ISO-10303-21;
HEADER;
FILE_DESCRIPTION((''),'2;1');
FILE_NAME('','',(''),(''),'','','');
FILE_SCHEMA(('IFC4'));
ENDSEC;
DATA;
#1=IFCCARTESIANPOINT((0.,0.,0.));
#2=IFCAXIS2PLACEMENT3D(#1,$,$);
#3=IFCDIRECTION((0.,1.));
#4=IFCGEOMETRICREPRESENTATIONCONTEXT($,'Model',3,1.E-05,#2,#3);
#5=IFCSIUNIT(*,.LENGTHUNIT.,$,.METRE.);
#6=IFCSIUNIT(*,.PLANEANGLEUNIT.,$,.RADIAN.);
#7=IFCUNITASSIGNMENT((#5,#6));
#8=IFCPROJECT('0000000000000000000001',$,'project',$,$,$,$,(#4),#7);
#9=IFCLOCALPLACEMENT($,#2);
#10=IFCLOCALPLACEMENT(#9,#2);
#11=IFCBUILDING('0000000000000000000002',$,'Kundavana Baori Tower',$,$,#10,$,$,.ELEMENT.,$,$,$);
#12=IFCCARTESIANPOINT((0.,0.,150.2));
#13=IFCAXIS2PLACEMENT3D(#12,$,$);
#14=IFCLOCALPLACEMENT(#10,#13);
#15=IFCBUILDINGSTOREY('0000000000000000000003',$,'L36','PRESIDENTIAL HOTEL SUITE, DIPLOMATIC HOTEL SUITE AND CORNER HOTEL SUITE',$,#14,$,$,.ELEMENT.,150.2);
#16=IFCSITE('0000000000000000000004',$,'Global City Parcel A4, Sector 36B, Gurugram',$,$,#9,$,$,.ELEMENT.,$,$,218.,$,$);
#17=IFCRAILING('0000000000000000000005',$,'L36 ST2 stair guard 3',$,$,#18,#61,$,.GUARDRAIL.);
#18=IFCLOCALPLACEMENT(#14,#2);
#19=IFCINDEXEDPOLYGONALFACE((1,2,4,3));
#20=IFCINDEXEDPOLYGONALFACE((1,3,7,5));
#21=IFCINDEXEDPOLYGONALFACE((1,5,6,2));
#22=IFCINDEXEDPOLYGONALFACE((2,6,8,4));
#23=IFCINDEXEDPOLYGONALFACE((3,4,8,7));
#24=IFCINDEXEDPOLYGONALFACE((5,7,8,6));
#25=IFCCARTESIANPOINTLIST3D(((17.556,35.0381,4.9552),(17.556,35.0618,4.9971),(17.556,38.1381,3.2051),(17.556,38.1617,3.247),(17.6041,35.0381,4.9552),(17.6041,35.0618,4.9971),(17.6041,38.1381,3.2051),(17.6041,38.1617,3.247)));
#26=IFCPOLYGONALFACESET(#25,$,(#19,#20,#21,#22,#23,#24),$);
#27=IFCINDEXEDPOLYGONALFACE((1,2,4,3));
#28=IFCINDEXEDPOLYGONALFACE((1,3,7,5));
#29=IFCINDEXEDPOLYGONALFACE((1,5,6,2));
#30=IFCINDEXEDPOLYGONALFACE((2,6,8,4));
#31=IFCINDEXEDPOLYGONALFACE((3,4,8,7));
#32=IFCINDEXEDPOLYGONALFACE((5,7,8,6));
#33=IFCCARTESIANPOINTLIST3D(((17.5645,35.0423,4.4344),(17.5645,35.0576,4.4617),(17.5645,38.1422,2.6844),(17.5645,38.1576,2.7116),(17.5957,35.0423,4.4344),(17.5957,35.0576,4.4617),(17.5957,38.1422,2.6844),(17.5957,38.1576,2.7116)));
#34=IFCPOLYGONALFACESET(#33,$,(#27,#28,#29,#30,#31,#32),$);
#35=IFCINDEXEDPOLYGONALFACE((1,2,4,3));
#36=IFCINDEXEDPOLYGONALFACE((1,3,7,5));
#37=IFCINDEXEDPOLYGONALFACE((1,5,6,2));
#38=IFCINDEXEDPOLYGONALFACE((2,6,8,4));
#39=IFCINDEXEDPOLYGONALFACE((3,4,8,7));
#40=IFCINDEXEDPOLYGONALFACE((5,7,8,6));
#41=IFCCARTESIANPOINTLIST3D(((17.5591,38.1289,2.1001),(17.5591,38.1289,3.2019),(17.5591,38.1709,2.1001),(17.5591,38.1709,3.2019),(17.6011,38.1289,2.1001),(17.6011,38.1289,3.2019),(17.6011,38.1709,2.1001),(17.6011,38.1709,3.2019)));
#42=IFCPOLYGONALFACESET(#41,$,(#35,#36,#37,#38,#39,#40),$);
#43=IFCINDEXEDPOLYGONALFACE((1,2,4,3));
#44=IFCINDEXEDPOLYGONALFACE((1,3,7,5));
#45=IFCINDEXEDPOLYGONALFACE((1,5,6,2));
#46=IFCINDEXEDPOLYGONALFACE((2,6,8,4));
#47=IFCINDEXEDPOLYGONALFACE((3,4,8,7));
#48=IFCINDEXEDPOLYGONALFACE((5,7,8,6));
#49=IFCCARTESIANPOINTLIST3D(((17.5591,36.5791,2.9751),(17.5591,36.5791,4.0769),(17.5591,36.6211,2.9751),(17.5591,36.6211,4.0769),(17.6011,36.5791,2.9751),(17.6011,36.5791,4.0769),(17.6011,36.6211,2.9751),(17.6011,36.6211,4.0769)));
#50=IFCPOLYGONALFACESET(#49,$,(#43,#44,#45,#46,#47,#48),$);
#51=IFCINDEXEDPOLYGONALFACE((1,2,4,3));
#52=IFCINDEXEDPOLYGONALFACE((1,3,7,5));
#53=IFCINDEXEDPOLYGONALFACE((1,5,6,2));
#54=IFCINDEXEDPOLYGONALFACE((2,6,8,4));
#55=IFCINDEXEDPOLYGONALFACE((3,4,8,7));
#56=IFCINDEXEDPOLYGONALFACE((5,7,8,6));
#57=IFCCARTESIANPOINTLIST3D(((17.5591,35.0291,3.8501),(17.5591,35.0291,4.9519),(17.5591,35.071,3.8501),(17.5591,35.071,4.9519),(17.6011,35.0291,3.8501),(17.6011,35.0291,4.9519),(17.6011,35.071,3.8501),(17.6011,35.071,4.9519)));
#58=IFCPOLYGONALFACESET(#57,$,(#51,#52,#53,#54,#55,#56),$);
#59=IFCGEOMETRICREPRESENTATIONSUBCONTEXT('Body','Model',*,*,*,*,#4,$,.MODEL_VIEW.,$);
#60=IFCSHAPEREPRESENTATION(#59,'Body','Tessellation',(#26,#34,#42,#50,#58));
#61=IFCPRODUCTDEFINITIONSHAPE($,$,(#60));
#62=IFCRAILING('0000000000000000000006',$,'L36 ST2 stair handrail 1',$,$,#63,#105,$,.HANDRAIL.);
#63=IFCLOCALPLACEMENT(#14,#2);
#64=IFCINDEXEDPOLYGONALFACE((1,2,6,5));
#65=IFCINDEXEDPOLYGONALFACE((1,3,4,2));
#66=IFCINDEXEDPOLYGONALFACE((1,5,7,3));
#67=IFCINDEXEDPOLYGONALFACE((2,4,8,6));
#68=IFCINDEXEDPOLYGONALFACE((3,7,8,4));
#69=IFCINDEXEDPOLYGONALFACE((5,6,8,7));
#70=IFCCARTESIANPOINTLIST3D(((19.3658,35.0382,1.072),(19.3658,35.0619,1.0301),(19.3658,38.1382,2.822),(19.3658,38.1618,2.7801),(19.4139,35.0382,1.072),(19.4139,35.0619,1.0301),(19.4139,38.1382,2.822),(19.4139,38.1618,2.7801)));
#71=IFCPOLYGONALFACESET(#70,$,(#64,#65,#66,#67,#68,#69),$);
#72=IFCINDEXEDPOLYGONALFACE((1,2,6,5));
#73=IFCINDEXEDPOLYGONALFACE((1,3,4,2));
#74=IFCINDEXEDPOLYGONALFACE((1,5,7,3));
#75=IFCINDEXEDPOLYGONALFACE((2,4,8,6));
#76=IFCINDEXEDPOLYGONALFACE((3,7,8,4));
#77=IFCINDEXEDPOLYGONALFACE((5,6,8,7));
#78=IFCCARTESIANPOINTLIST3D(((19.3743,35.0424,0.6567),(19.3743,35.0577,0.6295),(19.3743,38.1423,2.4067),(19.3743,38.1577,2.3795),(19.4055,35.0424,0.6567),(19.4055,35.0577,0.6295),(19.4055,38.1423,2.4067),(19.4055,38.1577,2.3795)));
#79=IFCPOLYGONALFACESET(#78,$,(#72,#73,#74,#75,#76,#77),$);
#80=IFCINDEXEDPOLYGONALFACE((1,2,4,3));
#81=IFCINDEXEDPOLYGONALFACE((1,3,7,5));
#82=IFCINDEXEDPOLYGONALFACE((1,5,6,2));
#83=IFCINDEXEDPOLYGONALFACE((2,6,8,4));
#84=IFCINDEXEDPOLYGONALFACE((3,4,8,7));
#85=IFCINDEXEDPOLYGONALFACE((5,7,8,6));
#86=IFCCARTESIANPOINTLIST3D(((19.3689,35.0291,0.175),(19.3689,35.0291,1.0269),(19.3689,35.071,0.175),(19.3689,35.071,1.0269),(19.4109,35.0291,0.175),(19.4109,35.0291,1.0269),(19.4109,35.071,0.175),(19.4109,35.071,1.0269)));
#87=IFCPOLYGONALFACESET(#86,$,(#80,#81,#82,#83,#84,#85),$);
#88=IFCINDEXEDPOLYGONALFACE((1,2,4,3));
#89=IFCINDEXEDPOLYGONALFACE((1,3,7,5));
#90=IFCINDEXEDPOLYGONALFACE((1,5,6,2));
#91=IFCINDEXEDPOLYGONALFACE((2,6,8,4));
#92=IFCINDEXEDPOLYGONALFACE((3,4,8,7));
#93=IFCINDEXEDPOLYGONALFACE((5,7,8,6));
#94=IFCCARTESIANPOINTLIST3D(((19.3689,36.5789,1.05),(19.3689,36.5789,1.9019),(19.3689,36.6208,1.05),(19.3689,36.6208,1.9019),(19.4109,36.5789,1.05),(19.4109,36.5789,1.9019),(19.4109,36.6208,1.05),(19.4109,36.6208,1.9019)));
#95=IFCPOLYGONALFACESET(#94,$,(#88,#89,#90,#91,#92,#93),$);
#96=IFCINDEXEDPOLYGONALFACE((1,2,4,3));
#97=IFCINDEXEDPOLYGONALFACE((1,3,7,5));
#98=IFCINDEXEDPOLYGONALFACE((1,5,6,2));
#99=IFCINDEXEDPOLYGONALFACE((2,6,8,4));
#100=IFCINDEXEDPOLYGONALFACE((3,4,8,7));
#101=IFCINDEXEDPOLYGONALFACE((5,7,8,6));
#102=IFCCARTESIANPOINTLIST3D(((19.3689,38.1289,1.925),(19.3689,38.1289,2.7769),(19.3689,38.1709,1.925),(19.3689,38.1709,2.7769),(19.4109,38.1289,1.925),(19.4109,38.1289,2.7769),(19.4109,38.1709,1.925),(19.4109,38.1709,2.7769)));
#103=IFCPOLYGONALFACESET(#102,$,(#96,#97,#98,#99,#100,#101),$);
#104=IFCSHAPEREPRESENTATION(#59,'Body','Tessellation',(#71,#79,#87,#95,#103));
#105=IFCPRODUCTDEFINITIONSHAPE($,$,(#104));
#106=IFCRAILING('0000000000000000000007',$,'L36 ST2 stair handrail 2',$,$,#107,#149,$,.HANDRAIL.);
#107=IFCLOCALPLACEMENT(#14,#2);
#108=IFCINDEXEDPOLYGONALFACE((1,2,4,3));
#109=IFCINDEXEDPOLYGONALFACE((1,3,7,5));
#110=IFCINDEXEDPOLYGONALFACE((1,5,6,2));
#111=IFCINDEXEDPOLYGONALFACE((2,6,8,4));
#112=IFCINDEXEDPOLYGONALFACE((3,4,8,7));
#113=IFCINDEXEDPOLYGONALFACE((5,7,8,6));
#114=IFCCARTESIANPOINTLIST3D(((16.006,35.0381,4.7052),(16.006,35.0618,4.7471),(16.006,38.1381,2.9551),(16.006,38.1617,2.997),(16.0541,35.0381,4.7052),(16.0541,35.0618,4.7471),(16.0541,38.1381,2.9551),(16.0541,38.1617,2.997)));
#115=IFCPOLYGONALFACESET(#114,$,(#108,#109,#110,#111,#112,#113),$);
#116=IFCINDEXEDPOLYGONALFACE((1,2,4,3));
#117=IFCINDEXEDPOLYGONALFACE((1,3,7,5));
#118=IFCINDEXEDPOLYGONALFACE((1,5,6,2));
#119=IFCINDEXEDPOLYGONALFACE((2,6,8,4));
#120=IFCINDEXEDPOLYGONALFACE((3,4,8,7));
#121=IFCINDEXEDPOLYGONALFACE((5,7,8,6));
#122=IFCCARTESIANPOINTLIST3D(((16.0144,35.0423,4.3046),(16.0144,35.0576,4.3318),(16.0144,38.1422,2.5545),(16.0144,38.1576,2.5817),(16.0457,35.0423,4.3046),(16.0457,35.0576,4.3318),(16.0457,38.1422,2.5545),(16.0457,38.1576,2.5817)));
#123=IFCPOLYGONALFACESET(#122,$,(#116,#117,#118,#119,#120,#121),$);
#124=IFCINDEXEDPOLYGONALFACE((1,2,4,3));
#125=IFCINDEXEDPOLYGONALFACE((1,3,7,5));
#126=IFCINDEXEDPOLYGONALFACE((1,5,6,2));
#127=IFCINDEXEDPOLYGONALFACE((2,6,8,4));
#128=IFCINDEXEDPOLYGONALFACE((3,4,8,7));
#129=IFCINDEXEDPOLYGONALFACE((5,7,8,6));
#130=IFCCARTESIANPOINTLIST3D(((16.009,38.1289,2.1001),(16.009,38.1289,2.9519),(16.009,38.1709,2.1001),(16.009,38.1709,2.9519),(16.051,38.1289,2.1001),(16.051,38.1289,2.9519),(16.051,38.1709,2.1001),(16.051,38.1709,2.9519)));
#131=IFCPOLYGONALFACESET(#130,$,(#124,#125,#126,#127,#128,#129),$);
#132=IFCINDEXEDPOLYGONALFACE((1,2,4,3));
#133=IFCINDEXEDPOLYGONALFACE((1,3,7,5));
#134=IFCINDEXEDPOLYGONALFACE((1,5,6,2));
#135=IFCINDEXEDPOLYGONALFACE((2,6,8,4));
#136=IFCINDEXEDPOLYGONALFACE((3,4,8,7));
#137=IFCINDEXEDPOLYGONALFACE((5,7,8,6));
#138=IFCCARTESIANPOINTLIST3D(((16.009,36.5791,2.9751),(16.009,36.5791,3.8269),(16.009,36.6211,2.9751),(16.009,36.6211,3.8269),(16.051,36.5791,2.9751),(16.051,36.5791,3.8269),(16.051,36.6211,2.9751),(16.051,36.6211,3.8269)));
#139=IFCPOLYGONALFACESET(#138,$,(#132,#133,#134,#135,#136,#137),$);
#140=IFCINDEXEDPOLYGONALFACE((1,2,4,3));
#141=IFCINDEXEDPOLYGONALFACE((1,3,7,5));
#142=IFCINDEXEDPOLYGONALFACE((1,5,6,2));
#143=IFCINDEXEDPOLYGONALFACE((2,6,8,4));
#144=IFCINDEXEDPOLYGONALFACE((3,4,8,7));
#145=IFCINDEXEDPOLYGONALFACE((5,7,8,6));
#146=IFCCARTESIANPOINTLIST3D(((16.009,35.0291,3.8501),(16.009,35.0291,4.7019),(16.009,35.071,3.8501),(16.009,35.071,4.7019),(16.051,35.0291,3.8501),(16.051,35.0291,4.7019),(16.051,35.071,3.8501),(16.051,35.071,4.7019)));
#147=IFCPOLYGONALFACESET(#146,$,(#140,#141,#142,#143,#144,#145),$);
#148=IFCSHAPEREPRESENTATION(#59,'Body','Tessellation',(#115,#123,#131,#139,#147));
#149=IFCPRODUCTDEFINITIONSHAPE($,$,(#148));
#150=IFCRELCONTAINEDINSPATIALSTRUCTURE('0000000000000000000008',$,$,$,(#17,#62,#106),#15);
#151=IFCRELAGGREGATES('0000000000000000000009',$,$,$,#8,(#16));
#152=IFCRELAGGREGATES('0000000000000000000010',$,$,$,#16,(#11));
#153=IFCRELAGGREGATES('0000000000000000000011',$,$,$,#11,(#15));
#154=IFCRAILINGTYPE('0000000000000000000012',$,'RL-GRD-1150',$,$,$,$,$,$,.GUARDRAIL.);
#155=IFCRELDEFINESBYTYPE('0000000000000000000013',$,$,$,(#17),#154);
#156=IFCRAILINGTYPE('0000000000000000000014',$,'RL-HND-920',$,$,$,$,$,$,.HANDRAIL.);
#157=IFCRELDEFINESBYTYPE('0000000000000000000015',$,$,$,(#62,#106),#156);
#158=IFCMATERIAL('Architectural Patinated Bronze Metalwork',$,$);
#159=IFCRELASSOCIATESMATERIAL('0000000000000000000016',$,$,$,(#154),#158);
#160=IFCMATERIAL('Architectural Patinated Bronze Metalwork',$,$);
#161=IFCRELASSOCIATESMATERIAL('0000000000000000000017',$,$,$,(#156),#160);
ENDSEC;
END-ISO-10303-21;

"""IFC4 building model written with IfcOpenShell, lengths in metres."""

from ifc_helpers import new_model, si_unit, direction, frame, origin, origin_2d, place, context, subcontext, project, spatial, rectangle, extrude, material, type_object, element, save


model = new_model("IFC4")

# Units and contexts
model_context = context("Model", 3, precision=1e-05, world=origin(), true_north=direction((0.0, 1.0)))
body_context = subcontext(model_context, "Body", "Model", "MODEL_VIEW")
ifc_project = project(units=[si_unit("LENGTHUNIT", "METRE"), si_unit("PLANEANGLEUNIT", "RADIAN")], contexts=[model_context])

# Site, building, storey
site_placement = place(None, origin())
site = spatial("IfcSite", under=ifc_project, at=site_placement, Name="Global City Parcel A4, Sector 36B, Gurugram", CompositionType="ELEMENT", RefElevation=218.0)
building_placement = place(site_placement, origin())
building = spatial("IfcBuilding", under=site, at=building_placement, Name="Kundavana Baori Tower", CompositionType="ELEMENT")
storey_placement = place(building_placement, frame((0.0, 0.0, 150.2)))
storey = spatial("IfcBuildingStorey", under=building, at=storey_placement, Name="L36", Description="PRESIDENTIAL HOTEL SUITE, DIPLOMATIC HOTEL SUITE AND CORNER HOTEL SUITE", CompositionType="ELEMENT", Elevation=150.2)

# Railings
ifc_material_1 = material(Name="Architectural Patinated Bronze Metalwork")
railing_type_1 = type_object("IfcRailingType", Name="RL-GRD-1150", PredefinedType="GUARDRAIL", material=ifc_material_1)
railing_1_placement = place(storey_placement, frame((17.5801, 38.1499, 2.1001)))
element("IfcRailing", 1, at=railing_1_placement, inside=storey, type_object=railing_type_1, Name="L36 ST2 stair guard 3", PredefinedType="GUARDRAIL", context=body_context, shape_type="SweptSolid", body=[
    extrude(rectangle(XDim=0.0481, YDim=0.0481, at=origin_2d()), frame((0.0, 0.0, 1.126), z_axis=(0.0, -0.870814, 0.491612), x_axis=(1.0, 0.0, 0.0)), (0.0, 0.0, 1.0), 3.5598),
    extrude(rectangle(XDim=0.0312, YDim=0.0312, at=origin_2d()), frame((0.0, 0.0, 0.5979), z_axis=(0.0, -0.870814, 0.491612), x_axis=(1.0, 0.0, 0.0)), (0.0, 0.0, 1.0), 3.5598),
    extrude(rectangle(XDim=0.042, YDim=0.042, at=origin_2d()), origin(), (0.0, 0.0, 1.0), 1.1018),
    extrude(rectangle(XDim=0.042, YDim=0.042, at=origin_2d()), frame((0.0, -1.5498, 0.875)), (0.0, 0.0, 1.0), 1.1018),
    extrude(rectangle(XDim=0.042, YDim=0.042, at=origin_2d()), frame((0.0, -3.0999, 1.75)), (0.0, 0.0, 1.0), 1.1018),
])
ifc_material_2 = material(Name="Architectural Patinated Bronze Metalwork")
railing_type_2 = type_object("IfcRailingType", Name="RL-HND-920", PredefinedType="HANDRAIL", material=ifc_material_2)
railing_2_placement = place(storey_placement, frame((19.3899, 35.05, 0.175)))
element("IfcRailing", 2, at=railing_2_placement, inside=storey, type_object=railing_type_2, Name="L36 ST2 stair handrail 1", PredefinedType="HANDRAIL", context=body_context, shape_type="SweptSolid", body=[
    extrude(rectangle(XDim=0.0481, YDim=0.0481, at=origin_2d()), frame((0.0, 0.0, 0.876), z_axis=(0.0, 0.870814, 0.491612), x_axis=(-1.0, 0.0, 0.0)), (0.0, 0.0, 1.0), 3.5598),
    extrude(rectangle(XDim=0.0312, YDim=0.0312, at=origin_2d()), frame((0.0, 0.0, 0.468), z_axis=(0.0, 0.870814, 0.491612), x_axis=(-1.0, 0.0, 0.0)), (0.0, 0.0, 1.0), 3.5598),
    extrude(rectangle(XDim=0.042, YDim=0.042, at=origin_2d()), origin(), (0.0, 0.0, 1.0), 0.8518),
    extrude(rectangle(XDim=0.042, YDim=0.042, at=origin_2d()), frame((0.0, 1.5498, 0.875)), (0.0, 0.0, 1.0), 0.8518),
    extrude(rectangle(XDim=0.042, YDim=0.042, at=origin_2d()), frame((0.0, 3.0999, 1.75)), (0.0, 0.0, 1.0), 0.8518),
])
railing_3_placement = place(storey_placement, frame((16.03, 38.1499, 2.1001)))
element("IfcRailing", 3, at=railing_3_placement, inside=storey, type_object=railing_type_2, Name="L36 ST2 stair handrail 2", PredefinedType="HANDRAIL", context=body_context, shape_type="SweptSolid", body=[
    extrude(rectangle(XDim=0.0481, YDim=0.0481, at=origin_2d()), frame((0.0, 0.0, 0.876), z_axis=(0.0, -0.870814, 0.491612), x_axis=(1.0, 0.0, 0.0)), (0.0, 0.0, 1.0), 3.5598),
    extrude(rectangle(XDim=0.0312, YDim=0.0312, at=origin_2d()), frame((0.0, 0.0, 0.468), z_axis=(0.0, -0.870814, 0.491612), x_axis=(1.0, 0.0, 0.0)), (0.0, 0.0, 1.0), 3.5598),
    extrude(rectangle(XDim=0.042, YDim=0.042, at=origin_2d()), origin(), (0.0, 0.0, 1.0), 0.8518),
    extrude(rectangle(XDim=0.042, YDim=0.042, at=origin_2d()), frame((0.0, -1.5498, 0.875)), (0.0, 0.0, 1.0), 0.8518),
    extrude(rectangle(XDim=0.042, YDim=0.042, at=origin_2d()), frame((0.0, -3.0999, 1.75)), (0.0, 0.0, 1.0), 0.8518),
])

save(model, "model.ifc")
